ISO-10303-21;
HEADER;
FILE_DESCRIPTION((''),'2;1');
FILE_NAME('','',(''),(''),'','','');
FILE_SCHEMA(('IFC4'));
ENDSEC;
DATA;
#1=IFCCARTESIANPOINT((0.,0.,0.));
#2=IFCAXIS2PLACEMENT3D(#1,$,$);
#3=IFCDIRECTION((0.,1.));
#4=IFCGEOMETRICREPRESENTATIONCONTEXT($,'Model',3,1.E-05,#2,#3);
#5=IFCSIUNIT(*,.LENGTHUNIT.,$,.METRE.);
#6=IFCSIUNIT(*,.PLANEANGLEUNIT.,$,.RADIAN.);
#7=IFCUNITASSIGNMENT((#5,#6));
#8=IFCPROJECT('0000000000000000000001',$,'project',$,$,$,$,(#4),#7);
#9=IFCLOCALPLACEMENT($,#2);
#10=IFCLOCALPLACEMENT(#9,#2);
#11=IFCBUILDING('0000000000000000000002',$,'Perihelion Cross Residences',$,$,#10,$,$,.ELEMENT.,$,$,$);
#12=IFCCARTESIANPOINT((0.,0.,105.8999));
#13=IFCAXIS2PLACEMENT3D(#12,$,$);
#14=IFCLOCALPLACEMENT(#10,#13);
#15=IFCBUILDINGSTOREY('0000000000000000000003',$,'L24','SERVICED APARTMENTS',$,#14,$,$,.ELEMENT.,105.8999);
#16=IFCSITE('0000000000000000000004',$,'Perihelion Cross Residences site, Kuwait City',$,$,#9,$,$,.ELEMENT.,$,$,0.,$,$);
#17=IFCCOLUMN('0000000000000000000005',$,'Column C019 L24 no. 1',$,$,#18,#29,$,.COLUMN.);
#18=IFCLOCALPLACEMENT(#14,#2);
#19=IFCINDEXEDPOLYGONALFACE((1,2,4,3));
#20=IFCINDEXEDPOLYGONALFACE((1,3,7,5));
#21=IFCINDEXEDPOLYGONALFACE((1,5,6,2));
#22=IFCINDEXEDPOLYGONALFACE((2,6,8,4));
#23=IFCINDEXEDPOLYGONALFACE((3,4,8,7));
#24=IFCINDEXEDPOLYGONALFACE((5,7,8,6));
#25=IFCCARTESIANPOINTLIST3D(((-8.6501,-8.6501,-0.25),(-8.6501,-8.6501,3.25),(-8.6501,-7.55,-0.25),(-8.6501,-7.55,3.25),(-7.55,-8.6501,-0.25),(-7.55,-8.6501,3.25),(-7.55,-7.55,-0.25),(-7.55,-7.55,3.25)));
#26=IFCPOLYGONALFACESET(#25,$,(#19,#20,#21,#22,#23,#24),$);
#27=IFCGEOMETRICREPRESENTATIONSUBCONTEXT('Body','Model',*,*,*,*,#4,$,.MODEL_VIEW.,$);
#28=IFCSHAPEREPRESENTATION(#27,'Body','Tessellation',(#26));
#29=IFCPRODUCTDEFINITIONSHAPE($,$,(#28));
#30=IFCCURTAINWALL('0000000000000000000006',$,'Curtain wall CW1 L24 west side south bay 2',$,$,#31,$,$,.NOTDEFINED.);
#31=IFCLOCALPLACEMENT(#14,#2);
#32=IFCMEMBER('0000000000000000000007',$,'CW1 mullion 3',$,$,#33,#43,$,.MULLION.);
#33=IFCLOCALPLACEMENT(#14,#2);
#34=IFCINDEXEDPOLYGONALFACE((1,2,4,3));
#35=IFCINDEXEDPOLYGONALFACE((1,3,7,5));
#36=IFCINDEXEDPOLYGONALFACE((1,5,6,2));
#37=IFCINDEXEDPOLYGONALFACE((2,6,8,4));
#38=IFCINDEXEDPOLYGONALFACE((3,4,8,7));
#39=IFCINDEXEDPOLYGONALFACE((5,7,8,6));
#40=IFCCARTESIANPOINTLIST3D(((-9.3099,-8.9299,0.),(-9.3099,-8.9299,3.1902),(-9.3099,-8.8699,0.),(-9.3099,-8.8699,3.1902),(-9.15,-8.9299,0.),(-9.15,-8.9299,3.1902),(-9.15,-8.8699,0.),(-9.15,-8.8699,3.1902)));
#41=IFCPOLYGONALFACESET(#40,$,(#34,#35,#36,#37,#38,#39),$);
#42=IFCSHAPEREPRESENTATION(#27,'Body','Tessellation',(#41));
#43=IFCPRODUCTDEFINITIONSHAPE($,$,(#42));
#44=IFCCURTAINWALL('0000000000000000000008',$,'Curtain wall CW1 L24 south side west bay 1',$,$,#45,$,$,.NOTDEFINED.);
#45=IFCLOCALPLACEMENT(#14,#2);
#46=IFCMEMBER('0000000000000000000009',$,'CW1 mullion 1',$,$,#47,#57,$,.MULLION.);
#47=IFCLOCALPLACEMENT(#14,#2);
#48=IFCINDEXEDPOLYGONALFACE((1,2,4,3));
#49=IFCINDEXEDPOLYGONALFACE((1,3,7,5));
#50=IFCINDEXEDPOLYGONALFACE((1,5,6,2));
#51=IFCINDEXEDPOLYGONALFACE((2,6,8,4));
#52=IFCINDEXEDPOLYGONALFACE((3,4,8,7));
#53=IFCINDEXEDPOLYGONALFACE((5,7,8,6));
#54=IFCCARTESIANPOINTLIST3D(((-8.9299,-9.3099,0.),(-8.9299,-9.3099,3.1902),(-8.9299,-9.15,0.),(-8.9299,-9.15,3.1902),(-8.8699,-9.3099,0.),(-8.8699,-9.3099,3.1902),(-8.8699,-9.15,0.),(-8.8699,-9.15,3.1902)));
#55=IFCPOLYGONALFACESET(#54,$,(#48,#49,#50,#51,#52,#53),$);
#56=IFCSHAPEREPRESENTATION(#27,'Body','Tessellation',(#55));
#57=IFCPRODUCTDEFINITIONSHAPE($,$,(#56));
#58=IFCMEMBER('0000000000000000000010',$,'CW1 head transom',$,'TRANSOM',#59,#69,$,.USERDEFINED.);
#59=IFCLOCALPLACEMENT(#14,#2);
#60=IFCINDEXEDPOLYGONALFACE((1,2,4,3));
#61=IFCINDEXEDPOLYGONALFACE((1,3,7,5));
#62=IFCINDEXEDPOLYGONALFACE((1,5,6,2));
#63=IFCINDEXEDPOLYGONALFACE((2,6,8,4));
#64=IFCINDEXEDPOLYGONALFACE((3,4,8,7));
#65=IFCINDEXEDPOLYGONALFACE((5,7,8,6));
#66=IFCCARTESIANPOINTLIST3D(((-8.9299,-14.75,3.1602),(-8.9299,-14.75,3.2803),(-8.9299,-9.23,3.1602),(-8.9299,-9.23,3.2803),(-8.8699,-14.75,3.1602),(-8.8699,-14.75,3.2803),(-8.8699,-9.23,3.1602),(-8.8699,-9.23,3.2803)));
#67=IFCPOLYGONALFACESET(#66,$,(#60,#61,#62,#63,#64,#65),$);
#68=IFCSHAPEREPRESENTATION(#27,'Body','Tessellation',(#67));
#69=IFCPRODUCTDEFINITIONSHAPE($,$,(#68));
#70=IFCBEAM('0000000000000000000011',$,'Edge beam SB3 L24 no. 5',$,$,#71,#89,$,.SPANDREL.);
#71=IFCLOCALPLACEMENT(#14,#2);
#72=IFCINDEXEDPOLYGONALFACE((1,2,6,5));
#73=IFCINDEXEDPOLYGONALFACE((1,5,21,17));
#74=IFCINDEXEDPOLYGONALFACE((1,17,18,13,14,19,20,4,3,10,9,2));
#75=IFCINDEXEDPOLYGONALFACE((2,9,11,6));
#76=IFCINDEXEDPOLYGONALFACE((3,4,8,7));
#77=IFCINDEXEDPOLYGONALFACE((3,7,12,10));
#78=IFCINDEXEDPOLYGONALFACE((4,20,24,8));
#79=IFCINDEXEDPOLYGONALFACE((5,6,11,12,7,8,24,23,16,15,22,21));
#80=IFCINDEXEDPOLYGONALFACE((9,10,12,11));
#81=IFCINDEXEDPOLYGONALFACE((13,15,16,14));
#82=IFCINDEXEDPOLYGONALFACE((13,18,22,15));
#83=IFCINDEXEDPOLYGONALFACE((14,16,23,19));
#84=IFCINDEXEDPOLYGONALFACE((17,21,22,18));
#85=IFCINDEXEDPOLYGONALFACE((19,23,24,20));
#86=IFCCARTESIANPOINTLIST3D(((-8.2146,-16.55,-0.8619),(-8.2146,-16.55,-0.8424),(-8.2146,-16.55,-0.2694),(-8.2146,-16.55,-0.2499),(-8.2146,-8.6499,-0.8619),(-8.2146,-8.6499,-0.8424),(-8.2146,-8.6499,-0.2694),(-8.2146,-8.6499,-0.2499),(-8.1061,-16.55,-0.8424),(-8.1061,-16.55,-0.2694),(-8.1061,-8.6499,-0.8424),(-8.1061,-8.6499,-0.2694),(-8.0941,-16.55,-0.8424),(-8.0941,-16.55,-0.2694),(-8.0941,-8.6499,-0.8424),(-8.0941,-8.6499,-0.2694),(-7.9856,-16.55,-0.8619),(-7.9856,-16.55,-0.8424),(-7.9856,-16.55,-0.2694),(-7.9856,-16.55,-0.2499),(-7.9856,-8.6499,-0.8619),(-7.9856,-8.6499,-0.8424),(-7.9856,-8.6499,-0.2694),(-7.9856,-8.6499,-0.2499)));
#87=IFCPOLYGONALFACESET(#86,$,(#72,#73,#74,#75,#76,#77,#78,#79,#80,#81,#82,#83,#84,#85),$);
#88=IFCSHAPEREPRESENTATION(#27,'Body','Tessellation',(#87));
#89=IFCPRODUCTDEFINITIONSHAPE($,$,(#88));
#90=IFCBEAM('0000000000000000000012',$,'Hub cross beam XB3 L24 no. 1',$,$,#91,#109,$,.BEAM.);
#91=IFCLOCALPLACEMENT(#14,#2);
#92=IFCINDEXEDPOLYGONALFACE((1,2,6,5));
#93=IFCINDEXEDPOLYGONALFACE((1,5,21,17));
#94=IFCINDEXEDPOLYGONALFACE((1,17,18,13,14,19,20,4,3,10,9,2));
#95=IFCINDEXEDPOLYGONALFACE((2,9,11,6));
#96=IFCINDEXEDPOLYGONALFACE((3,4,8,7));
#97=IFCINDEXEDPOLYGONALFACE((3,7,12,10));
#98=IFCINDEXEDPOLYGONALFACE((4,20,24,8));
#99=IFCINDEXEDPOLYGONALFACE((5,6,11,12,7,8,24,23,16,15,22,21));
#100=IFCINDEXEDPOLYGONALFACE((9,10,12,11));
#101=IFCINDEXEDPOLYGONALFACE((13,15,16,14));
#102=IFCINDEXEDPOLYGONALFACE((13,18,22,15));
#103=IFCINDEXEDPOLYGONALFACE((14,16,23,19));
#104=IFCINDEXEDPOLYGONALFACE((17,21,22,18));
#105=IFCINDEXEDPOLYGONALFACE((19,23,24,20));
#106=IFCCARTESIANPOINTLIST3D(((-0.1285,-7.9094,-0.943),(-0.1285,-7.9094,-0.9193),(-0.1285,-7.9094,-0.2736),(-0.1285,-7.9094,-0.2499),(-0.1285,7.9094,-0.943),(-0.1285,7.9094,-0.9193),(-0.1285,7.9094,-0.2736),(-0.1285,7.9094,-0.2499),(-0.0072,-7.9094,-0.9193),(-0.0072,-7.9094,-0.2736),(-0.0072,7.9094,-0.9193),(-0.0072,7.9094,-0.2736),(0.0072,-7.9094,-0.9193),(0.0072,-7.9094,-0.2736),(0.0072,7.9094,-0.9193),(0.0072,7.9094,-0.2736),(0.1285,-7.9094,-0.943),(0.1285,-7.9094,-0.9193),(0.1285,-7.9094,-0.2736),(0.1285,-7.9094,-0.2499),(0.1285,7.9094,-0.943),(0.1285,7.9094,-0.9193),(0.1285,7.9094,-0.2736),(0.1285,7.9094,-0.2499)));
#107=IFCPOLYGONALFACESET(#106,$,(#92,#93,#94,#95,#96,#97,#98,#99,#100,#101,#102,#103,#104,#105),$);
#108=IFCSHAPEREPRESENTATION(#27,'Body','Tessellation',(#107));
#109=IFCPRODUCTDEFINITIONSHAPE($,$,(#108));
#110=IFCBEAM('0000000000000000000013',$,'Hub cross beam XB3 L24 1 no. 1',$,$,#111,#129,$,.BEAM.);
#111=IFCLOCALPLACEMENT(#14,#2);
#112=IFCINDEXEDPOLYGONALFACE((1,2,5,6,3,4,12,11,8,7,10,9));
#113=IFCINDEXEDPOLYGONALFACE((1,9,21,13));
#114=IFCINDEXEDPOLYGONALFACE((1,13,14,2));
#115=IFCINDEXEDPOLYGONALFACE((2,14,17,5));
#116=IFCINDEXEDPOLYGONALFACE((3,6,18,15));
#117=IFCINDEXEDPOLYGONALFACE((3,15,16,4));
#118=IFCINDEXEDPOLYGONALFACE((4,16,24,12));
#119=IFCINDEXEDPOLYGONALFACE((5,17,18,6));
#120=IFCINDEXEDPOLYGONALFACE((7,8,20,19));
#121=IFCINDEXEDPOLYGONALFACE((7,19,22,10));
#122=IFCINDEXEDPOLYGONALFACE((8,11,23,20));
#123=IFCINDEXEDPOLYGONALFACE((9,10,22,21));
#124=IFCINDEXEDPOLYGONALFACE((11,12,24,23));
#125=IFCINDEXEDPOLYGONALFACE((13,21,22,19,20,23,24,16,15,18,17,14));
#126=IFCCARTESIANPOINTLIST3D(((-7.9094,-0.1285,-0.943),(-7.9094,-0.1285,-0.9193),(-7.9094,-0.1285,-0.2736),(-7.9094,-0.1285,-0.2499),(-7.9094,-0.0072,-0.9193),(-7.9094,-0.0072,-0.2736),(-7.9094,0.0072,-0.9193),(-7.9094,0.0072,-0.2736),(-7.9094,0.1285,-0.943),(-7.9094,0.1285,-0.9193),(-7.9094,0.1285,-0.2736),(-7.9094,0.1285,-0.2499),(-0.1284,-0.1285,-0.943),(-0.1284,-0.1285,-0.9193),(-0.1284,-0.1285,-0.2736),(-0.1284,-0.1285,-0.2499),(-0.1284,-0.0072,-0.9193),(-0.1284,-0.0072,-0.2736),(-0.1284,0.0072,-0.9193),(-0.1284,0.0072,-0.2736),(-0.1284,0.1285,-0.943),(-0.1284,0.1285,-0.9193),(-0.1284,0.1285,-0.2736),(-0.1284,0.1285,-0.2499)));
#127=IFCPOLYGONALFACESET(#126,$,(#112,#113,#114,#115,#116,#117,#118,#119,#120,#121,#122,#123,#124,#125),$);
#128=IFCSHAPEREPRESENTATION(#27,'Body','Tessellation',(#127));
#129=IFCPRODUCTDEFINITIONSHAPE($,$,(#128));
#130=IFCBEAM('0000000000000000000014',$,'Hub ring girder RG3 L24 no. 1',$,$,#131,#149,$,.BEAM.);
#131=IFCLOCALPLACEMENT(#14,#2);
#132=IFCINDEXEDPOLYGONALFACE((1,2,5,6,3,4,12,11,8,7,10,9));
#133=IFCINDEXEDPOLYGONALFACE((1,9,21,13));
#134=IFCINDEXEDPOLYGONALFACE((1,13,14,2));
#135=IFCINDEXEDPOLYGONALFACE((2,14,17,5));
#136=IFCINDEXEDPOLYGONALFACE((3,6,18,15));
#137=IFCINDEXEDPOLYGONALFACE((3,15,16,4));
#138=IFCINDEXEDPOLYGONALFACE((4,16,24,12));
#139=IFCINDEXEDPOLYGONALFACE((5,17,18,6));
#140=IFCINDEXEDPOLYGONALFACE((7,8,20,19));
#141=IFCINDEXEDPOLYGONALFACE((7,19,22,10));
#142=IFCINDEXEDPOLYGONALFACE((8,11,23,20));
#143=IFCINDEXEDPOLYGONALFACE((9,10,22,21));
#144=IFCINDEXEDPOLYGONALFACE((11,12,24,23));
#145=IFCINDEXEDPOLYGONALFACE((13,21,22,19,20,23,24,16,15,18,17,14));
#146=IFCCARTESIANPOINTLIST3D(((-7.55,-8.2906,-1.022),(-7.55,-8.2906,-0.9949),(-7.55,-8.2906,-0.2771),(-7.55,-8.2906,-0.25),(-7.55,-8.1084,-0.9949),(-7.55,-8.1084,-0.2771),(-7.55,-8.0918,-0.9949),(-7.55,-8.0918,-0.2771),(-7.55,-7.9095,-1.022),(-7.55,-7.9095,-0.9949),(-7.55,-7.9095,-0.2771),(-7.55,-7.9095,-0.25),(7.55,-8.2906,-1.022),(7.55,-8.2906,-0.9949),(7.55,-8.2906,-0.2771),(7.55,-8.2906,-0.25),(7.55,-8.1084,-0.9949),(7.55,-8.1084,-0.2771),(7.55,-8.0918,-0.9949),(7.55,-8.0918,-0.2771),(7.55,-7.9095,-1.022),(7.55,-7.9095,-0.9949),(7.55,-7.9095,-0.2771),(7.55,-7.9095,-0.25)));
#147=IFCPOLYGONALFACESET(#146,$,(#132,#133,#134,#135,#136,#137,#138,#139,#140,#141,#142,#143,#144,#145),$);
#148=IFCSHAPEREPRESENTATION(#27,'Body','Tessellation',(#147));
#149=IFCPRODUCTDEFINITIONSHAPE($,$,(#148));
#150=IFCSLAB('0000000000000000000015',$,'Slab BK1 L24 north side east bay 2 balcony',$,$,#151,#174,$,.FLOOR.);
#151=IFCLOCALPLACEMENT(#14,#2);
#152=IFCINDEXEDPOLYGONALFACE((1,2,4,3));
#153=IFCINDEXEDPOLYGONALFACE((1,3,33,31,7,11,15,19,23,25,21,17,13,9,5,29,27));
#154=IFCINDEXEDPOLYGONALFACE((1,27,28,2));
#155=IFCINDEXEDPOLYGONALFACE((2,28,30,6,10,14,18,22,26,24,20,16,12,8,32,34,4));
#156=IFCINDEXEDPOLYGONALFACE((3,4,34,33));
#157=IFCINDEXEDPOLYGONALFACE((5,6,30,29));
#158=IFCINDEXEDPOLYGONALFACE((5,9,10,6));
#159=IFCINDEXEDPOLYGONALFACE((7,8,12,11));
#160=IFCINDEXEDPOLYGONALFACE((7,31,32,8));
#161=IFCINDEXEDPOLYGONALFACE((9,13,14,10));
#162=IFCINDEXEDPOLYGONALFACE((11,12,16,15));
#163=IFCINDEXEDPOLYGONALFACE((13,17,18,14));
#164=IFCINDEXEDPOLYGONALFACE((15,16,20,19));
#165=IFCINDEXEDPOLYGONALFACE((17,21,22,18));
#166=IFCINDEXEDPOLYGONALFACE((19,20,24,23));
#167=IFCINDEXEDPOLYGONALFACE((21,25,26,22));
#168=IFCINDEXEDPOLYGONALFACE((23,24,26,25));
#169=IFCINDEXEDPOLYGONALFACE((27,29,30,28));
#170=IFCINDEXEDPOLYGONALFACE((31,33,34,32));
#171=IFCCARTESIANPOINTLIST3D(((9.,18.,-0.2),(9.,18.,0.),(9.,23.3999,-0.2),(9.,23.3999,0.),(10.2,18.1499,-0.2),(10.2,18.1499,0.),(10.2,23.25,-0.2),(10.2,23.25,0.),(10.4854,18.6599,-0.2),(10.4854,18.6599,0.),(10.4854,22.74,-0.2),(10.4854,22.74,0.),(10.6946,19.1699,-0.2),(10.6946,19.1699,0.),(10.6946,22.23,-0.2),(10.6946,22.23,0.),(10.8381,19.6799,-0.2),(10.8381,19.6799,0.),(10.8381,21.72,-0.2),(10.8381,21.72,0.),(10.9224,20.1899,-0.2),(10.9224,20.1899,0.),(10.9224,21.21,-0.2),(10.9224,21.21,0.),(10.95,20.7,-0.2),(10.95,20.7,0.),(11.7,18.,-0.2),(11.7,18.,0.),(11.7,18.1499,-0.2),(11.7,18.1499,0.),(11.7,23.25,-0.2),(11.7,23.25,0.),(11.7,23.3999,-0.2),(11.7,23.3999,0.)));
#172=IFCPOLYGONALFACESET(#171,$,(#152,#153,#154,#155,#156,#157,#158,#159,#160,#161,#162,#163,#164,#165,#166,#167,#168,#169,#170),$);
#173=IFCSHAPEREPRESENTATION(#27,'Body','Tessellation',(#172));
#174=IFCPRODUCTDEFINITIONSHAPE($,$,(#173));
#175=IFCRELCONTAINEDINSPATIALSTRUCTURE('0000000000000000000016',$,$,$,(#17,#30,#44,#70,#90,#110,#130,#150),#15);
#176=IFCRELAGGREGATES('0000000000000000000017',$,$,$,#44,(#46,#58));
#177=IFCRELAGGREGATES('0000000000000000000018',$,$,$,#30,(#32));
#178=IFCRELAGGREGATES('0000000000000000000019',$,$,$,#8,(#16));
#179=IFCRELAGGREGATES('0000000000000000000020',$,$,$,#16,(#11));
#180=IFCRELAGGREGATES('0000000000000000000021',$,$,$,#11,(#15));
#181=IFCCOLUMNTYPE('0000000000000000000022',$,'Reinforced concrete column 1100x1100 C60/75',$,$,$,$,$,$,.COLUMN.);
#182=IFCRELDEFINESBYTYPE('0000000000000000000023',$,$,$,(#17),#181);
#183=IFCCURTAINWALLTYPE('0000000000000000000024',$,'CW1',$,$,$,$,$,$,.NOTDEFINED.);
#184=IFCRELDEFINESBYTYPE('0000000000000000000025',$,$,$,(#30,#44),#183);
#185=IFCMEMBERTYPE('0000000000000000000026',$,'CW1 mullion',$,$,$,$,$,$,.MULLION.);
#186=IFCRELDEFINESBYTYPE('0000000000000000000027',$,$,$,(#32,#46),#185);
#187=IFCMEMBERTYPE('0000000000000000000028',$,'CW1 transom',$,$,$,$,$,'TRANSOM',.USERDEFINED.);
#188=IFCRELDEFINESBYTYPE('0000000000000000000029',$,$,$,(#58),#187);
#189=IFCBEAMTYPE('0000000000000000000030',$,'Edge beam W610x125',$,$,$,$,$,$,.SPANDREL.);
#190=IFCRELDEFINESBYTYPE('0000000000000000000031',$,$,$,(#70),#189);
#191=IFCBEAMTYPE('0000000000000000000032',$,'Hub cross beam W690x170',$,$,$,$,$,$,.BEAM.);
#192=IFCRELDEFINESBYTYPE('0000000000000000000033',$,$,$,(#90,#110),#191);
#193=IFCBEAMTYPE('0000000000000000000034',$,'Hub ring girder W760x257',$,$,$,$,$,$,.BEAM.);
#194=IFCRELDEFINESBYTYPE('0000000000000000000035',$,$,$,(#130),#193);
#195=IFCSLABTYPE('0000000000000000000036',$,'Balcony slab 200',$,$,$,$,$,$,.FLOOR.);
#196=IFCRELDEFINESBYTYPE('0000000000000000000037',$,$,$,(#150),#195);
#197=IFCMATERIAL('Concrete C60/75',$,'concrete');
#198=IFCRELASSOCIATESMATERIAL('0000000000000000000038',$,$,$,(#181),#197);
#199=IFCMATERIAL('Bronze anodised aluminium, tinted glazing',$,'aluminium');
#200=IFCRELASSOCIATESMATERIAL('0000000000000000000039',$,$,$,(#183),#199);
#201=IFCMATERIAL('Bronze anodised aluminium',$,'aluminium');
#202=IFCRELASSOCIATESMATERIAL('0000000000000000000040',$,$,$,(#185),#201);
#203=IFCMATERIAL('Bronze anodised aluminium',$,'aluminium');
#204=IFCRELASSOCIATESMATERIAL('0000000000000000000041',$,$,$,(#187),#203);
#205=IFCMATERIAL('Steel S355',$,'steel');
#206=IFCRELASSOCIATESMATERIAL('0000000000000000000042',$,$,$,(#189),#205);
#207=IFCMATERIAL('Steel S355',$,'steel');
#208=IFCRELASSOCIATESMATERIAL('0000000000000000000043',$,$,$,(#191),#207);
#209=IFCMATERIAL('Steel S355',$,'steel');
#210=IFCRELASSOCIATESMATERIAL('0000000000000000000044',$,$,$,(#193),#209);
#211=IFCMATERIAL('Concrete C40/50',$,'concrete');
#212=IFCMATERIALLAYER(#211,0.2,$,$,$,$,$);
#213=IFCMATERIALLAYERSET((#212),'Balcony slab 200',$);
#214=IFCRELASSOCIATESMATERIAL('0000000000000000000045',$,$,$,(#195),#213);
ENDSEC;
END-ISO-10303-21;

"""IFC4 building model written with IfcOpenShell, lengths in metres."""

from ifc_helpers import new_model, si_unit, direction, frame, origin, origin_2d, place, context, subcontext, project, spatial, polyline, rectangle, i_section, outline, extrude, material, layer, layer_set, material_profile, profile_set, type_object, element, aggregate, save


model = new_model("IFC4")

# Units and contexts
model_context = context("Model", 3, precision=1e-05, world=origin(), true_north=direction((0.0, 1.0)))
body_context = subcontext(model_context, "Body", "Model", "MODEL_VIEW")
ifc_project = project(units=[si_unit("LENGTHUNIT", "METRE"), si_unit("PLANEANGLEUNIT", "RADIAN")], contexts=[model_context])

# Site, building, storey
site_placement = place(None, origin())
site = spatial("IfcSite", under=ifc_project, at=site_placement, Name="Perihelion Cross Residences site, Kuwait City", CompositionType="ELEMENT", RefElevation=0.0)
building_placement = place(site_placement, origin())
building = spatial("IfcBuilding", under=site, at=building_placement, Name="Perihelion Cross Residences", CompositionType="ELEMENT")
storey_placement = place(building_placement, frame((0.0, 0.0, 105.8999)))
storey = spatial("IfcBuildingStorey", under=building, at=storey_placement, Name="L24", Description="SERVICED APARTMENTS", CompositionType="ELEMENT", Elevation=105.8999)

# Column
ifc_material_1 = material(Name="Concrete C60/75", Category="concrete")
ifc_material_profile_1 = material_profile(ifc_material_1, rectangle(XDim=1.1001, YDim=1.1001, at=origin_2d()), Name="RC 1100x1100")
ifc_profile_set_1 = profile_set([ifc_material_profile_1], Name="Concrete C60/75")
column_type = type_object("IfcColumnType", Name="Reinforced concrete column 1100x1100 C60/75", PredefinedType="COLUMN", material=ifc_profile_set_1)
column_placement = place(storey_placement, frame((-8.1001, -8.1001, -0.25), z_axis=(0.0, 0.0, 1.0), x_axis=(1.0, 0.0, 0.0)))
element("IfcColumn", 1, at=column_placement, inside=storey, type_object=column_type, Name="Column C019 L24 no. 1", PredefinedType="COLUMN", context=body_context, shape_type="SweptSolid", body=[
    extrude(rectangle(XDim=1.1001, YDim=1.1001, at=origin_2d()), origin(), (0.0, 0.0, 1.0), 3.5),
])

# Curtain wall, member
ifc_material_2 = material(Name="Bronze anodised aluminium, tinted glazing", Category="aluminium")
curtain_wall_type = type_object("IfcCurtainWallType", Name="CW1", PredefinedType="NOTDEFINED", material=ifc_material_2)
curtain_wall_1_placement = place(storey_placement, origin())
curtain_wall_1 = element("IfcCurtainWall", 2, at=curtain_wall_1_placement, inside=storey, type_object=curtain_wall_type, Name="Curtain wall CW1 L24 west side south bay 2", PredefinedType="NOTDEFINED")
ifc_material_3 = material(Name="Bronze anodised aluminium", Category="aluminium")
ifc_material_profile_2 = material_profile(ifc_material_3, rectangle(XDim=0.0601, YDim=0.1599, at=origin_2d()), Name="CW1 mullion")
ifc_profile_set_2 = profile_set([ifc_material_profile_2], Name="Bronze anodised aluminium")
member_type_1 = type_object("IfcMemberType", Name="CW1 mullion", PredefinedType="MULLION", material=ifc_profile_set_2)
member_1_placement = place(storey_placement, frame((-9.23, -8.8999, 0.0), z_axis=(0.0, 0.0, 1.0), x_axis=(0.0, 1.0, 0.0)))
member_1 = element("IfcMember", 3, at=member_1_placement, type_object=member_type_1, Name="CW1 mullion 3", PredefinedType="MULLION", context=body_context, shape_type="SweptSolid", body=[
    extrude(rectangle(XDim=0.0601, YDim=0.1599, at=origin_2d()), origin(), (0.0, 0.0, 1.0), 3.1902),
])

# Curtain wall, members
curtain_wall_2_placement = place(storey_placement, origin())
curtain_wall_2 = element("IfcCurtainWall", 4, at=curtain_wall_2_placement, inside=storey, type_object=curtain_wall_type, Name="Curtain wall CW1 L24 south side west bay 1", PredefinedType="NOTDEFINED")
member_2_placement = place(storey_placement, frame((-8.8999, -9.23, 0.0), z_axis=(0.0, 0.0, 1.0), x_axis=(1.0, 0.0, 0.0)))
member_2 = element("IfcMember", 5, at=member_2_placement, type_object=member_type_1, Name="CW1 mullion 1", PredefinedType="MULLION", context=body_context, shape_type="SweptSolid", body=[
    extrude(rectangle(XDim=0.0601, YDim=0.1599, at=origin_2d()), origin(), (0.0, 0.0, 1.0), 3.1902),
])
ifc_material_4 = material(Name="Bronze anodised aluminium", Category="aluminium")
ifc_material_profile_3 = material_profile(ifc_material_4, rectangle(XDim=0.0601, YDim=0.1201, at=origin_2d()), Name="CW1 transom")
ifc_profile_set_3 = profile_set([ifc_material_profile_3], Name="Bronze anodised aluminium")
member_type_2 = type_object("IfcMemberType", Name="CW1 transom", ElementType="TRANSOM", PredefinedType="USERDEFINED", material=ifc_profile_set_3)
member_3_placement = place(storey_placement, frame((-8.8999, -9.23, 3.2202), z_axis=(0.0, -1.0, 0.0), x_axis=(1.0, 0.0, 0.0)))
member_3 = element("IfcMember", 6, at=member_3_placement, type_object=member_type_2, Name="CW1 head transom", ObjectType="TRANSOM", PredefinedType="USERDEFINED", context=body_context, shape_type="SweptSolid", body=[
    extrude(rectangle(XDim=0.0601, YDim=0.1201, at=origin_2d()), origin(), (0.0, 0.0, 1.0), 5.52),
])
aggregate(curtain_wall_2, [member_2, member_3])

# Beams
ifc_material_5 = material(Name="Steel S355", Category="steel")
ifc_material_profile_4 = material_profile(ifc_material_5, i_section(OverallWidth=0.229, OverallDepth=0.6121, WebThickness=0.012, FlangeThickness=0.0195, at=origin_2d()), Name="W610x125")
ifc_profile_set_4 = profile_set([ifc_material_profile_4], Name="Steel S355")
beam_type_1 = type_object("IfcBeamType", Name="Edge beam W610x125", PredefinedType="SPANDREL", material=ifc_profile_set_4)
beam_1_placement = place(storey_placement, frame((-8.1001, -8.6499, -0.5559), z_axis=(0.0, -1.0, 0.0), x_axis=(1.0, 0.0, 0.0)))
element("IfcBeam", 7, at=beam_1_placement, inside=storey, type_object=beam_type_1, Name="Edge beam SB3 L24 no. 5", PredefinedType="SPANDREL", context=body_context, shape_type="SweptSolid", body=[
    extrude(i_section(OverallWidth=0.229, OverallDepth=0.6121, WebThickness=0.012, FlangeThickness=0.0195, at=origin_2d()), origin(), (0.0, 0.0, 1.0), 7.9001),
])
ifc_material_6 = material(Name="Steel S355", Category="steel")
ifc_material_profile_5 = material_profile(ifc_material_6, i_section(OverallWidth=0.2571, OverallDepth=0.6931, WebThickness=0.0144, FlangeThickness=0.0237, at=origin_2d()), Name="W690x170")
ifc_profile_set_5 = profile_set([ifc_material_profile_5], Name="Steel S355")
beam_type_2 = type_object("IfcBeamType", Name="Hub cross beam W690x170", PredefinedType="BEAM", material=ifc_profile_set_5)
beam_2_placement = place(storey_placement, frame((0.0, -7.9094, -0.5964), z_axis=(0.0, 1.0, 0.0), x_axis=(-1.0, 0.0, 0.0)))
element("IfcBeam", 8, at=beam_2_placement, inside=storey, type_object=beam_type_2, Name="Hub cross beam XB3 L24 no. 1", PredefinedType="BEAM", context=body_context, shape_type="SweptSolid", body=[
    extrude(i_section(OverallWidth=0.2571, OverallDepth=0.6931, WebThickness=0.0144, FlangeThickness=0.0237, at=origin_2d()), origin(), (0.0, 0.0, 1.0), 15.8188),
])
beam_3_placement = place(storey_placement, frame((-7.9094, 0.0, -0.5964), z_axis=(1.0, 0.0, 0.0), x_axis=(0.0, 1.0, 0.0)))
element("IfcBeam", 9, at=beam_3_placement, inside=storey, type_object=beam_type_2, Name="Hub cross beam XB3 L24 1 no. 1", PredefinedType="BEAM", context=body_context, shape_type="SweptSolid", body=[
    extrude(i_section(OverallWidth=0.2571, OverallDepth=0.6931, WebThickness=0.0144, FlangeThickness=0.0237, at=origin_2d()), origin(), (0.0, 0.0, 1.0), 7.781),
])
ifc_material_7 = material(Name="Steel S355", Category="steel")
ifc_material_profile_6 = material_profile(ifc_material_7, i_section(OverallWidth=0.3811, OverallDepth=0.772, WebThickness=0.0166, FlangeThickness=0.0271, at=origin_2d()), Name="W760x257")
ifc_profile_set_6 = profile_set([ifc_material_profile_6], Name="Steel S355")
beam_type_3 = type_object("IfcBeamType", Name="Hub ring girder W760x257", PredefinedType="BEAM", material=ifc_profile_set_6)
beam_4_placement = place(storey_placement, frame((-7.55, -8.1001, -0.636), z_axis=(1.0, 0.0, 0.0), x_axis=(0.0, 1.0, 0.0)))
element("IfcBeam", 10, at=beam_4_placement, inside=storey, type_object=beam_type_3, Name="Hub ring girder RG3 L24 no. 1", PredefinedType="BEAM", context=body_context, shape_type="SweptSolid", body=[
    extrude(i_section(OverallWidth=0.3811, OverallDepth=0.772, WebThickness=0.0166, FlangeThickness=0.0271, at=origin_2d()), origin(), (0.0, 0.0, 1.0), 15.1001),
])

# Slab
ifc_material_8 = material(Name="Concrete C40/50", Category="concrete")
ifc_layer_1 = layer(ifc_material_8, 0.2)
ifc_layer_set_1 = layer_set([ifc_layer_1], Name="Balcony slab 200")
slab_type_1 = type_object("IfcSlabType", Name="Balcony slab 200", PredefinedType="FLOOR", material=ifc_layer_set_1)
slab_1_placement = place(storey_placement, frame((0.0, 0.0, -0.2)))
element("IfcSlab", 11, at=slab_1_placement, inside=storey, type_object=slab_type_1, Name="Slab BK1 L24 north side east bay 2 balcony", PredefinedType="FLOOR", context=body_context, shape_type="SweptSolid", body=[
    extrude(outline(polyline([(9.0, 18.0), (9.0, 23.3999), (11.7, 23.3999), (11.7, 23.25), (10.2, 23.25), (10.4854, 22.74), (10.6946, 22.23), (10.8381, 21.72), (10.9224, 21.21), (10.95, 20.7), (10.9224, 20.1899), (10.8381, 19.6799), (10.6946, 19.1699), (10.4854, 18.6599), (10.2, 18.1499), (11.7, 18.1499), (11.7, 18.0), (9.0, 18.0)])), origin(), (0.0, 0.0, 1.0), 0.2),
])

aggregate(curtain_wall_1, [member_1])

save(model, "model.ifc")
